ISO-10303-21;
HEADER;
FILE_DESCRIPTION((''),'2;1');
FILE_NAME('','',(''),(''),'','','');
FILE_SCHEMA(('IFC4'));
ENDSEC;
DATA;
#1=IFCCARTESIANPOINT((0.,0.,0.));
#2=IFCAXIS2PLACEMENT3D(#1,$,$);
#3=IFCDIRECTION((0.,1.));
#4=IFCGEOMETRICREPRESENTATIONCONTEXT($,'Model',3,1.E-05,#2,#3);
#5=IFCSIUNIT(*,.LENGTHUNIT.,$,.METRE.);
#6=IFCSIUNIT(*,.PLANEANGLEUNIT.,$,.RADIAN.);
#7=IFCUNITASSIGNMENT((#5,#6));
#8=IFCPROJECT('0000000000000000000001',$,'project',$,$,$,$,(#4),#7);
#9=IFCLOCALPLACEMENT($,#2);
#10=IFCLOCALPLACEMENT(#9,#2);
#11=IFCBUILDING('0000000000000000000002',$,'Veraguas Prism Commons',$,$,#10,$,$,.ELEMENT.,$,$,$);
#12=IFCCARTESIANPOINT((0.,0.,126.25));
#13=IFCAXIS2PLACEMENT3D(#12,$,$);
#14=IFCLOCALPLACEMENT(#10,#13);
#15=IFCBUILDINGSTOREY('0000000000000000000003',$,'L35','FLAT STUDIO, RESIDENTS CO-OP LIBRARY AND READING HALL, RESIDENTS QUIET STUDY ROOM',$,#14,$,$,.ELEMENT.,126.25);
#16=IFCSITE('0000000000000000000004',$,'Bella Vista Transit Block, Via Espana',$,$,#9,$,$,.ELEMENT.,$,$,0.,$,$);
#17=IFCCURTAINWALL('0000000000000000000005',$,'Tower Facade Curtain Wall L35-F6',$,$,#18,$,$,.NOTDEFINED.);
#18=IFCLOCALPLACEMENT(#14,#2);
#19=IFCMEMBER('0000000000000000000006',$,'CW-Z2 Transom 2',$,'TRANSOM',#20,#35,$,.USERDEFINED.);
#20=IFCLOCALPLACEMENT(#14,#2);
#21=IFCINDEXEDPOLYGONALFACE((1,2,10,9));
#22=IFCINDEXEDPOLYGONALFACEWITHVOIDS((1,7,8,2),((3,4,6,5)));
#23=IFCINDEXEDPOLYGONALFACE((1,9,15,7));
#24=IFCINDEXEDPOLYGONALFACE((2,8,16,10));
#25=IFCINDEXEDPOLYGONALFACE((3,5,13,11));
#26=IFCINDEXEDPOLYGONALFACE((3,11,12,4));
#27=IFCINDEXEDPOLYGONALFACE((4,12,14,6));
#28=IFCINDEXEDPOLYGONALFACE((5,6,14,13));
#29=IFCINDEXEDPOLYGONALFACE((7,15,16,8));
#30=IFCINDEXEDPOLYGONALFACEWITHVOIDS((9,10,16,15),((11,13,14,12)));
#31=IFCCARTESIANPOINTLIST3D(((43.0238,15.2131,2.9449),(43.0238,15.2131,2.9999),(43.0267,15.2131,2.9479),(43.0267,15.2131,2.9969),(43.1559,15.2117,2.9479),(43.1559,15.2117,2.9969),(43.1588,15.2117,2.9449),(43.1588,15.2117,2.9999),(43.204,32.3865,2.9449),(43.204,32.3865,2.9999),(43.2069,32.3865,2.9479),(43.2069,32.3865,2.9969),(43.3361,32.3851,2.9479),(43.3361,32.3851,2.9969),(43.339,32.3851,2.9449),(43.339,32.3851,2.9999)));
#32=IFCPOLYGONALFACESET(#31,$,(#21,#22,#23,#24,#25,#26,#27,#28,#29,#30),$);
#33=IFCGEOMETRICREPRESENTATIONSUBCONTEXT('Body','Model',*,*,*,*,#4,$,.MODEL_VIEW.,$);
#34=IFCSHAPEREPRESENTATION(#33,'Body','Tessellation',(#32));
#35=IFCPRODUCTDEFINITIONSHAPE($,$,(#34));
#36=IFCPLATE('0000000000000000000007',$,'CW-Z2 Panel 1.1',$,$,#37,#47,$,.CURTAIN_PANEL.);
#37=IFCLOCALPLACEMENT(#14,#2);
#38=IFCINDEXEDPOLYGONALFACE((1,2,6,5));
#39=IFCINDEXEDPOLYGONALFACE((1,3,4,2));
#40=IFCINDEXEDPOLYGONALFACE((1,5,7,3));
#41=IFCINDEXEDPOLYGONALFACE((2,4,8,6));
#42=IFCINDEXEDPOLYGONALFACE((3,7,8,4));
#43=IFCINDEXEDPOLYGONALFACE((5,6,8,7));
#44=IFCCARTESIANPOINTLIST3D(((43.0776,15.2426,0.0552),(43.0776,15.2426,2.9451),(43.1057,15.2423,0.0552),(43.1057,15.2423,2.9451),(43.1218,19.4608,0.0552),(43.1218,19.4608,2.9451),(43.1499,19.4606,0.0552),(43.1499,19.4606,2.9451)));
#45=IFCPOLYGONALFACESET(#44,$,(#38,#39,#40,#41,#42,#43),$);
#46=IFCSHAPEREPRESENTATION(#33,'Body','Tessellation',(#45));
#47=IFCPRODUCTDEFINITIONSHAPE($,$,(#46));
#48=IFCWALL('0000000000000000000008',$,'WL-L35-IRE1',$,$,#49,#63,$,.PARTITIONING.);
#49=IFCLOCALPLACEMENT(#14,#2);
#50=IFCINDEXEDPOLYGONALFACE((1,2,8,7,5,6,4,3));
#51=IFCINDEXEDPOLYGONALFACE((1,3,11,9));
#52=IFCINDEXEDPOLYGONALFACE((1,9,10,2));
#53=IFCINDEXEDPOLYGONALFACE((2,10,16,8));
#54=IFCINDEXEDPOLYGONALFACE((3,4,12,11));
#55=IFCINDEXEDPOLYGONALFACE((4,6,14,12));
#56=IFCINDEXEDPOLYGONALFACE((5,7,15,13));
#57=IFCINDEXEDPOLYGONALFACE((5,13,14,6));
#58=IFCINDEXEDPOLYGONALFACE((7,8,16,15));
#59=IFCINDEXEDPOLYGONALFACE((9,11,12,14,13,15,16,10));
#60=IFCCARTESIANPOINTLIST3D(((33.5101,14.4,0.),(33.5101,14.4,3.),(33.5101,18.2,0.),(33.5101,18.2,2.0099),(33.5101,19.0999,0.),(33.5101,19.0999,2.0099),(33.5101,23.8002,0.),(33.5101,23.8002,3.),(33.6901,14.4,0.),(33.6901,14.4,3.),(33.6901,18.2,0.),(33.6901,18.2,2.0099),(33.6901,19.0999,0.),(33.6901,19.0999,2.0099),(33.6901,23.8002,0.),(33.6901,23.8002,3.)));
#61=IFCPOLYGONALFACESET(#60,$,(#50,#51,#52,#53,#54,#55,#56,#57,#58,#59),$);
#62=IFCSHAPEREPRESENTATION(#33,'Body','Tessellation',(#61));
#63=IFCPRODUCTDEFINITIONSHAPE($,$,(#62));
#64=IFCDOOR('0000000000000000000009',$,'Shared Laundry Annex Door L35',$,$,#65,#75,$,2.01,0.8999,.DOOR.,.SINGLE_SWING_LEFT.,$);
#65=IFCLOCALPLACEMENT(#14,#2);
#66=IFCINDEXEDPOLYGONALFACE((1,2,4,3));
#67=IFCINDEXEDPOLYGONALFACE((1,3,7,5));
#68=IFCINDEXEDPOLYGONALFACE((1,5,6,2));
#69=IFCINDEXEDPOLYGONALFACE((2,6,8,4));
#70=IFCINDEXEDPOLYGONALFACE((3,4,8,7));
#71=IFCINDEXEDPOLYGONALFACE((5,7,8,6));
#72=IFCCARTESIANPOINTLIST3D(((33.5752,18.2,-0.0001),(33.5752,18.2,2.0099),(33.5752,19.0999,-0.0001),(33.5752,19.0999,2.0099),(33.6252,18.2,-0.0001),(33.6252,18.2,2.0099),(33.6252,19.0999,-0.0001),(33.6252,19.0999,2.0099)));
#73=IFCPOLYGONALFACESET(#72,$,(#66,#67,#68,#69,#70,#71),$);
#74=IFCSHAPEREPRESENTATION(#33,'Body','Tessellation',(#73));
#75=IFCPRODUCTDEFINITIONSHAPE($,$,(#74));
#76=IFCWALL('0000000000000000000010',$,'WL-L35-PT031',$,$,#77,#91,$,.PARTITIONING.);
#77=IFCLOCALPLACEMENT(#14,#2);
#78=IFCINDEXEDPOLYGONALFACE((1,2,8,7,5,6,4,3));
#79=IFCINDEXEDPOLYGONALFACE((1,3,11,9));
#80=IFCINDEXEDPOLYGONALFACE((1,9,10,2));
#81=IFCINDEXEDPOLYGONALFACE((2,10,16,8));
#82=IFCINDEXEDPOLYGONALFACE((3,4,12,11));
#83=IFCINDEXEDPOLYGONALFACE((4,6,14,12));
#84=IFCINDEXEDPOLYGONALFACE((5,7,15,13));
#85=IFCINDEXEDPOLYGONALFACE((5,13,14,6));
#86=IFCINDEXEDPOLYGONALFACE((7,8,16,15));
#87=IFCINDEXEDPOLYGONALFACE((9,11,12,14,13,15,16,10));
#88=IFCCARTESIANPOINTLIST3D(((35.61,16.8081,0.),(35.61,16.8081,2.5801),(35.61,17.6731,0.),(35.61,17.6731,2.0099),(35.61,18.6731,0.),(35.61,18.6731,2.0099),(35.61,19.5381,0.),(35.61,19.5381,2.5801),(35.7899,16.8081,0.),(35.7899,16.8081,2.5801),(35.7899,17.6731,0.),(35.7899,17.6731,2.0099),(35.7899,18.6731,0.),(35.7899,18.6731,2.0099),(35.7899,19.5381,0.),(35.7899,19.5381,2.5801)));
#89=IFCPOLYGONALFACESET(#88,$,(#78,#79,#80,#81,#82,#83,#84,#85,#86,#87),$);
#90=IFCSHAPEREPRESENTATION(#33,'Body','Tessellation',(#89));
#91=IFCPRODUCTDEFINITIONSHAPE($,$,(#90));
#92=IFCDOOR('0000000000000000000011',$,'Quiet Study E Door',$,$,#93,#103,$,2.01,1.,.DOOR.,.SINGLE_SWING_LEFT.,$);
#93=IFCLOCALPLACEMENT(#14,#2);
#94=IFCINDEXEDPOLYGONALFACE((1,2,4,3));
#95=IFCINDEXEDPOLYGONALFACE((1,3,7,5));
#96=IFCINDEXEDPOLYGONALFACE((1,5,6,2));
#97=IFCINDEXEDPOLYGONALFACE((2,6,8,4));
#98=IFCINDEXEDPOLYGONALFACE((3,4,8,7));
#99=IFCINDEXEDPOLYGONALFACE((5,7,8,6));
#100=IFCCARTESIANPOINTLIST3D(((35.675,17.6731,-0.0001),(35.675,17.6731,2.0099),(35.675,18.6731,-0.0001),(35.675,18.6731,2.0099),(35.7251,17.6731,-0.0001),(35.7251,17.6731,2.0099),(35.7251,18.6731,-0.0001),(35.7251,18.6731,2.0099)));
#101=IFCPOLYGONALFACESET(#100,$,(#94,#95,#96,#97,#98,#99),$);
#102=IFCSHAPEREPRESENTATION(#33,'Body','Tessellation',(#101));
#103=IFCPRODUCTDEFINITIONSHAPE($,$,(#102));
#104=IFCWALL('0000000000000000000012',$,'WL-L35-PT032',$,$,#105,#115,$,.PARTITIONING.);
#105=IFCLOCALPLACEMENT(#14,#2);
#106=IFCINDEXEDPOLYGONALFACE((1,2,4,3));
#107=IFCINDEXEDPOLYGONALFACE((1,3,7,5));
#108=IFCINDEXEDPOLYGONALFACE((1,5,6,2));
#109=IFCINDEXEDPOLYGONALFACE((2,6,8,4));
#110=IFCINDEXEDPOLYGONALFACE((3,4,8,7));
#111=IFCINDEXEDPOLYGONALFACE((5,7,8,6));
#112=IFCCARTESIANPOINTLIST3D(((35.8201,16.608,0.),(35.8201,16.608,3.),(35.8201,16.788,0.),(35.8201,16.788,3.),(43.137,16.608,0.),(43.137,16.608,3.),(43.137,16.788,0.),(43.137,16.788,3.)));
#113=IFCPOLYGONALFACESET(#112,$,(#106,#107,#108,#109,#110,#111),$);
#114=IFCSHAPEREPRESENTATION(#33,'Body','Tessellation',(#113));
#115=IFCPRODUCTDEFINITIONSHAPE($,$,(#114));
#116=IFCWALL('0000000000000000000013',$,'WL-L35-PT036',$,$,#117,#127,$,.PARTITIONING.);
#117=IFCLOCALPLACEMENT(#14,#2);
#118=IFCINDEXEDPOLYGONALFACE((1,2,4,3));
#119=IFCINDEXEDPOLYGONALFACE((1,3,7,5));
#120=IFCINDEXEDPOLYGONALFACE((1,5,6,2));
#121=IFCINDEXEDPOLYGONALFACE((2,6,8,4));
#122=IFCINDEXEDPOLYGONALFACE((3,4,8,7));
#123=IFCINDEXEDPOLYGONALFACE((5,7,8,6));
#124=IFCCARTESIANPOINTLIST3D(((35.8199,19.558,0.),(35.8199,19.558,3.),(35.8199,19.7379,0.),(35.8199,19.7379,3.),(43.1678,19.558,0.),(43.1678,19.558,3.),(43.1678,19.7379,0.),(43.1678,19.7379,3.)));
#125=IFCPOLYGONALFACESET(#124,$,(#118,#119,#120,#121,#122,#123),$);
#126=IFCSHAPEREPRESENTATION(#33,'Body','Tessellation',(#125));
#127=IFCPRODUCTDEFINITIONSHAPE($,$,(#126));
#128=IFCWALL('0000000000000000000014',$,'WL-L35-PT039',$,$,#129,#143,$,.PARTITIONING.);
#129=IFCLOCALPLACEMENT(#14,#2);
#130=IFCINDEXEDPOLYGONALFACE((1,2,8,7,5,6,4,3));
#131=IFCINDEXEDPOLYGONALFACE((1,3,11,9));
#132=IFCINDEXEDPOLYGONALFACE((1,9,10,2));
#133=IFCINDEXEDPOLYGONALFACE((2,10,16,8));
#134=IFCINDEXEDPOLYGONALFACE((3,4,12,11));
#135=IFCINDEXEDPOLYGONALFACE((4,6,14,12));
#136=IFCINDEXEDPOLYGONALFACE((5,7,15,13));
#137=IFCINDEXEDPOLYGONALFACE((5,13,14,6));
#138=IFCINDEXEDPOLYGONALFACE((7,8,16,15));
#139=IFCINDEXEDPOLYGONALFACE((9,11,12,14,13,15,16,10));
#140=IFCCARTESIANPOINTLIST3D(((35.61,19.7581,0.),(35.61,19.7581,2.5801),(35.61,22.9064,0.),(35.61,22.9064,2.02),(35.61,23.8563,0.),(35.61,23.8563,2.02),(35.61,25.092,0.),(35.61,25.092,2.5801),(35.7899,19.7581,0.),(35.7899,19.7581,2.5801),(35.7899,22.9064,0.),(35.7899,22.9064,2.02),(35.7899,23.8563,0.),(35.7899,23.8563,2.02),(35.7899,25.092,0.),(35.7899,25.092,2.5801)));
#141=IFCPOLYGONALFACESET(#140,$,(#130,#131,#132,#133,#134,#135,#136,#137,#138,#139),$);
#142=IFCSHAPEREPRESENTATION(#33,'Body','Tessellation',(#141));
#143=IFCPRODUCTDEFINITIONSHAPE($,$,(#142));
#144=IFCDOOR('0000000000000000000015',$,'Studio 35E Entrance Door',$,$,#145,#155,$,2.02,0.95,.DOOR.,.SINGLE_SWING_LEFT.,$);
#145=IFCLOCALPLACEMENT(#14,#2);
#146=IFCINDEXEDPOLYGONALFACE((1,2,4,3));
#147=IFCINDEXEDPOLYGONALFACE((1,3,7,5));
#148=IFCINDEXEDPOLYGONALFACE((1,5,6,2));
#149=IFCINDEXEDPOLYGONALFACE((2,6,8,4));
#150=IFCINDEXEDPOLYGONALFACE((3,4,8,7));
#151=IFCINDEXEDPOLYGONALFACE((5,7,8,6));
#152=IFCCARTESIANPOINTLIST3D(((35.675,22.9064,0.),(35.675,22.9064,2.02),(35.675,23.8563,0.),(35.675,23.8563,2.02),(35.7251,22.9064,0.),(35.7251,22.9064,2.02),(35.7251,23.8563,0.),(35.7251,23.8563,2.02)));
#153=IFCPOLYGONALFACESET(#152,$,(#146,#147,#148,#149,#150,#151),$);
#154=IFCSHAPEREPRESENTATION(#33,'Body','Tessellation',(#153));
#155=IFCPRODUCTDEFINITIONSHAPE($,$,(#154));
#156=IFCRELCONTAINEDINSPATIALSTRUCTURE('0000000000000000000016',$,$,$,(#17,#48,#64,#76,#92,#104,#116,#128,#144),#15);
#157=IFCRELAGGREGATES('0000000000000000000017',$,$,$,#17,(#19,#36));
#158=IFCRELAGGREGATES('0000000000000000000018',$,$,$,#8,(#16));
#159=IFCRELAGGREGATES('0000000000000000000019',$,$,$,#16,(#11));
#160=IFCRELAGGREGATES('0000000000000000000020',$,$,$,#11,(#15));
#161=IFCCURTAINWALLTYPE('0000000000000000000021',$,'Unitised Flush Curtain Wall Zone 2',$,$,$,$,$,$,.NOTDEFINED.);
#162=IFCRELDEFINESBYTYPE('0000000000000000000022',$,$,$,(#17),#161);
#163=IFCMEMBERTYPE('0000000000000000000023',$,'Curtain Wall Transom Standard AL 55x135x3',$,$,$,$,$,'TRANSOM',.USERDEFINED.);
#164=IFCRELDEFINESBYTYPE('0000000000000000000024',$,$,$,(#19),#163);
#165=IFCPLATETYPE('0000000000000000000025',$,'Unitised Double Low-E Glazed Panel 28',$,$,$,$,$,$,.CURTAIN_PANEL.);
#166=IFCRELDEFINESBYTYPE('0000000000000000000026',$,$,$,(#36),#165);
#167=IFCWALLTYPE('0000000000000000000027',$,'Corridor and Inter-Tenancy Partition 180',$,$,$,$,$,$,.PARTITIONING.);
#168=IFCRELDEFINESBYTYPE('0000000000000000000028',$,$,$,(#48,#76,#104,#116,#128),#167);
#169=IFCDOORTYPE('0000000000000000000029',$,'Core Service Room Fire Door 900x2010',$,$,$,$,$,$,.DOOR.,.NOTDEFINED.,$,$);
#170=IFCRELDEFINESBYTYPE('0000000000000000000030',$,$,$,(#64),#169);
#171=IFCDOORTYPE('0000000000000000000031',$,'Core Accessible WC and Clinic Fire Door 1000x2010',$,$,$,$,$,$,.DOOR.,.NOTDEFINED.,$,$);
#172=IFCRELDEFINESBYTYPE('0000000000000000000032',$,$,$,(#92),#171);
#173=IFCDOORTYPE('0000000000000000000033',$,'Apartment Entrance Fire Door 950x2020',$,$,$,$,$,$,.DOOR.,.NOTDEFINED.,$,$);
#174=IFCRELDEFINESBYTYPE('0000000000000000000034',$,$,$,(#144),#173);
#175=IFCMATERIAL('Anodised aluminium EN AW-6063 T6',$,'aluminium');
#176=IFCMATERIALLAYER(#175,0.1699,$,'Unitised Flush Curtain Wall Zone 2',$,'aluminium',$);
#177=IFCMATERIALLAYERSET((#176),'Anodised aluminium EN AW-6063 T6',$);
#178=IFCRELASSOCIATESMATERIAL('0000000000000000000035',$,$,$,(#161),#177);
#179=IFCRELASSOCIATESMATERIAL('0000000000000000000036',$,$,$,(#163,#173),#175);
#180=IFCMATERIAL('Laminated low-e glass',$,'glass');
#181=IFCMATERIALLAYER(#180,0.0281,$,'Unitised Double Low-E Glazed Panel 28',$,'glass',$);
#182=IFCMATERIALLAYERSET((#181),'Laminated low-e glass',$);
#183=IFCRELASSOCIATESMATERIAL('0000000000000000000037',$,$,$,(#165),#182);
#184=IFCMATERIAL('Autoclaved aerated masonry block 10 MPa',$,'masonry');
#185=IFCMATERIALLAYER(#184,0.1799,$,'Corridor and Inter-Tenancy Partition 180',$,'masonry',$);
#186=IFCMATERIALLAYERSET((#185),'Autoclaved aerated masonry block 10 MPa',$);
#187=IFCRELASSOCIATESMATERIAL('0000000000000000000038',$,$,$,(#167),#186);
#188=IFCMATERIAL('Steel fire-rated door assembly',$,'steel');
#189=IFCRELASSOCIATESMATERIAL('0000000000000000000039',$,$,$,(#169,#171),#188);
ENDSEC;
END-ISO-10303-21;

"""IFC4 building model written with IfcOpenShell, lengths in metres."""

from ifc_helpers import new_model, si_unit, direction, frame, frame_2d, origin, origin_2d, place, context, subcontext, project, spatial, rectangle, hollow_rectangle, extrude, source, transform, mapped, material, layer, layer_set, material_profile, profile_set, type_object, element, fill, aggregate, save


model = new_model("IFC4")

# Units and contexts
model_context = context("Model", 3, precision=1e-05, world=origin(), true_north=direction((0.0, 1.0)))
body_context = subcontext(model_context, "Body", "Model", "MODEL_VIEW")
ifc_project = project(units=[si_unit("LENGTHUNIT", "METRE"), si_unit("PLANEANGLEUNIT", "RADIAN")], contexts=[model_context])

# Site, building, storey
site_placement = place(None, origin())
site = spatial("IfcSite", under=ifc_project, at=site_placement, Name="Bella Vista Transit Block, Via Espana", CompositionType="ELEMENT", RefElevation=0.0)
building_placement = place(site_placement, origin())
building = spatial("IfcBuilding", under=site, at=building_placement, Name="Veraguas Prism Commons", CompositionType="ELEMENT")
storey_placement = place(building_placement, frame((0.0, 0.0, 126.25)))
storey = spatial("IfcBuildingStorey", under=building, at=storey_placement, Name="L35", Description="FLAT STUDIO, RESIDENTS CO-OP LIBRARY AND READING HALL, RESIDENTS QUIET STUDY ROOM", CompositionType="ELEMENT", Elevation=126.25)

# Curtain wall
ifc_material_1 = material(Name="Anodised aluminium EN AW-6063 T6", Category="aluminium")
ifc_layer_1 = layer(ifc_material_1, 0.1699, Name="Unitised Flush Curtain Wall Zone 2", Category="aluminium")
ifc_layer_set_1 = layer_set([ifc_layer_1], Name="Anodised aluminium EN AW-6063 T6")
curtain_wall_type = type_object("IfcCurtainWallType", Name="Unitised Flush Curtain Wall Zone 2", PredefinedType="NOTDEFINED", material=ifc_layer_set_1)
curtain_wall_1_placement = place(storey_placement, origin())
curtain_wall_1 = element("IfcCurtainWall", 1, at=curtain_wall_1_placement, inside=storey, type_object=curtain_wall_type, Name="Tower Facade Curtain Wall L35-F6", PredefinedType="NOTDEFINED")

# Member
ifc_material_profile_1 = material_profile(ifc_material_1, hollow_rectangle(XDim=0.0549, YDim=0.135, WallThickness=0.0029, at=origin_2d()), Name="AL55X135X3")
ifc_profile_set_1 = profile_set([ifc_material_profile_1], Name="Anodised aluminium EN AW-6063 T6")
member_type_1 = type_object("IfcMemberType", Name="Curtain Wall Transom Standard AL 55x135x3", ElementType="TRANSOM", PredefinedType="USERDEFINED", material=ifc_profile_set_1)
shared_shape_1 = source(origin(), body_context, "Body", "SweptSolid", [
    extrude(hollow_rectangle(XDim=0.0549, YDim=0.135, WallThickness=0.0029, at=origin_2d()), origin(), (0.0, 0.0, 1.0), 17.1743),
])
member_1_placement = place(storey_placement, frame((43.0913, 15.2124, 2.9724), z_axis=(0.010491, 0.999945, 0.0), x_axis=(0.0, 0.0, 1.0)))
member_1 = element("IfcMember", 2, at=member_1_placement, type_object=member_type_1, Name="CW-Z2 Transom 2", ObjectType="TRANSOM", PredefinedType="USERDEFINED", context=body_context, shape_type="MappedRepresentation", body=[
    mapped(shared_shape_1, transform((0.0, 0.0, 0.0), scale=1.0)),
])

# Plate
ifc_material_2 = material(Name="Laminated low-e glass", Category="glass")
ifc_layer_2 = layer(ifc_material_2, 0.0281, Name="Unitised Double Low-E Glazed Panel 28", Category="glass")
ifc_layer_set_2 = layer_set([ifc_layer_2], Name="Laminated low-e glass")
plate_type = type_object("IfcPlateType", Name="Unitised Double Low-E Glazed Panel 28", PredefinedType="CURTAIN_PANEL", material=ifc_layer_set_2)
shared_shape_2 = source(origin(), body_context, "Body", "SweptSolid", [
    extrude(rectangle(XDim=4.2185, YDim=0.0281, at=origin_2d()), origin(), (0.0, 0.0, 1.0), 2.8899),
])
plate_placement = place(storey_placement, frame((43.1138, 17.3516, 0.0552), z_axis=(0.0, 0.0, 1.0), x_axis=(0.010479, 0.999945, 0.0)))
plate = element("IfcPlate", 3, at=plate_placement, type_object=plate_type, Name="CW-Z2 Panel 1.1", PredefinedType="CURTAIN_PANEL", context=body_context, shape_type="MappedRepresentation", body=[
    mapped(shared_shape_2, transform((0.0, 0.0, 0.0), scale=1.0)),
])
aggregate(curtain_wall_1, [member_1, plate])

# Walls, openings, doors
ifc_material_3 = material(Name="Autoclaved aerated masonry block 10 MPa", Category="masonry")
ifc_layer_3 = layer(ifc_material_3, 0.1799, Name="Corridor and Inter-Tenancy Partition 180", Category="masonry")
ifc_layer_set_3 = layer_set([ifc_layer_3], Name="Autoclaved aerated masonry block 10 MPa")
wall_type_1 = type_object("IfcWallType", Name="Corridor and Inter-Tenancy Partition 180", PredefinedType="PARTITIONING", material=ifc_layer_set_3)
wall_1_placement = place(storey_placement, frame((33.6001, 14.3999, 0.0), z_axis=(0.0, 0.0, 1.0), x_axis=(0.0, 1.0, 0.0)))
wall_1 = element("IfcWall", 4, at=wall_1_placement, inside=storey, type_object=wall_type_1, Name="WL-L35-IRE1", PredefinedType="PARTITIONING", context=body_context, shape_type="SweptSolid", body=[
    extrude(rectangle(XDim=9.4001, YDim=0.1799, at=frame_2d((4.7002, 0.0))), origin(), (0.0, 0.0, 1.0), 3.0),
])
opening_1_placement = place(wall_1_placement, frame((3.8, 0.0, 0.0)))
opening_1 = element("IfcOpeningElement", 5, at=opening_1_placement, cuts=wall_1, PredefinedType="OPENING", context=body_context, shape_type="SweptSolid", body=[
    extrude(rectangle(XDim=0.8999, YDim=2.01, at=frame_2d((0.45, 1.0049))), frame((0.0, 0.0999, 0.0), z_axis=(0.0, -1.0, 0.0), x_axis=(1.0, 0.0, 0.0)), (0.0, 0.0, 1.0), 0.2),
])
ifc_material_4 = material(Name="Steel fire-rated door assembly", Category="steel")
door_type_1 = type_object("IfcDoorType", Name="Core Service Room Fire Door 900x2010", OperationType="NOTDEFINED", PredefinedType="DOOR", material=ifc_material_4)
shared_shape_3 = source(origin(), body_context, "Body", "SweptSolid", [
    extrude(rectangle(XDim=0.8999, YDim=2.01, at=frame_2d((0.45, 1.0049))), frame((0.0, 0.0249, 0.0), z_axis=(0.0, -1.0, 0.0), x_axis=(1.0, 0.0, 0.0)), (0.0, 0.0, 1.0), 0.05),
])
door_1_placement = place(opening_1_placement, origin())
door_1 = element("IfcDoor", 6, at=door_1_placement, inside=storey, type_object=door_type_1, Name="Shared Laundry Annex Door L35", OperationType="SINGLE_SWING_LEFT", OverallHeight=2.01, OverallWidth=0.8999, PredefinedType="DOOR", context=body_context, shape_type="MappedRepresentation", body=[
    mapped(shared_shape_3, transform((0.0, 0.0, 0.0), scale=1.0)),
])
fill(opening_1, door_1)
wall_2_placement = place(storey_placement, frame((35.7, 16.8081, 0.0), z_axis=(0.0, 0.0, 1.0), x_axis=(0.0, 1.0, 0.0)))
wall_2 = element("IfcWall", 7, at=wall_2_placement, inside=storey, type_object=wall_type_1, Name="WL-L35-PT031", PredefinedType="PARTITIONING", context=body_context, shape_type="SweptSolid", body=[
    extrude(rectangle(XDim=2.73, YDim=0.1799, at=frame_2d((1.365, 0.0))), origin(), (0.0, 0.0, 1.0), 2.5801),
])
opening_2_placement = place(wall_2_placement, frame((0.865, 0.0, 0.0)))
opening_2 = element("IfcOpeningElement", 8, at=opening_2_placement, cuts=wall_2, PredefinedType="OPENING", context=body_context, shape_type="SweptSolid", body=[
    extrude(rectangle(XDim=1.0, YDim=2.01, at=frame_2d((0.5, 1.0049))), frame((0.0, 0.0999, 0.0), z_axis=(0.0, -1.0, 0.0), x_axis=(1.0, 0.0, 0.0)), (0.0, 0.0, 1.0), 0.2),
])
door_type_2 = type_object("IfcDoorType", Name="Core Accessible WC and Clinic Fire Door 1000x2010", OperationType="NOTDEFINED", PredefinedType="DOOR", material=ifc_material_4)
shared_shape_4 = source(origin(), body_context, "Body", "SweptSolid", [
    extrude(rectangle(XDim=1.0, YDim=2.01, at=frame_2d((0.5, 1.0049))), frame((0.0, 0.0249, 0.0), z_axis=(0.0, -1.0, 0.0), x_axis=(1.0, 0.0, 0.0)), (0.0, 0.0, 1.0), 0.05),
])
door_2_placement = place(opening_2_placement, origin())
door_2 = element("IfcDoor", 9, at=door_2_placement, inside=storey, type_object=door_type_2, Name="Quiet Study E Door", OperationType="SINGLE_SWING_LEFT", OverallHeight=2.01, OverallWidth=1.0, PredefinedType="DOOR", context=body_context, shape_type="MappedRepresentation", body=[
    mapped(shared_shape_4, transform((0.0, 0.0, 0.0), scale=1.0)),
])
fill(opening_2, door_2)

# Walls
wall_3_placement = place(storey_placement, frame((35.8201, 16.698, 0.0), z_axis=(0.0, 0.0, 1.0), x_axis=(1.0, 0.0, 0.0)))
element("IfcWall", 10, at=wall_3_placement, inside=storey, type_object=wall_type_1, Name="WL-L35-PT032", PredefinedType="PARTITIONING", context=body_context, shape_type="SweptSolid", body=[
    extrude(rectangle(XDim=7.3169, YDim=0.1799, at=frame_2d((3.6584, 0.0))), origin(), (0.0, 0.0, 1.0), 3.0),
])
wall_4_placement = place(storey_placement, frame((35.8201, 19.6479, 0.0), z_axis=(0.0, 0.0, 1.0), x_axis=(1.0, 0.0, 0.0)))
element("IfcWall", 11, at=wall_4_placement, inside=storey, type_object=wall_type_1, Name="WL-L35-PT036", PredefinedType="PARTITIONING", context=body_context, shape_type="SweptSolid", body=[
    extrude(rectangle(XDim=7.3479, YDim=0.1799, at=frame_2d((3.6738, 0.0))), origin(), (0.0, 0.0, 1.0), 3.0),
])

# Wall, opening, door
wall_5_placement = place(storey_placement, frame((35.7, 19.7581, 0.0), z_axis=(0.0, 0.0, 1.0), x_axis=(0.0, 1.0, 0.0)))
wall_5 = element("IfcWall", 12, at=wall_5_placement, inside=storey, type_object=wall_type_1, Name="WL-L35-PT039", PredefinedType="PARTITIONING", context=body_context, shape_type="SweptSolid", body=[
    extrude(rectangle(XDim=5.334, YDim=0.1799, at=frame_2d((2.667, 0.0))), origin(), (0.0, 0.0, 1.0), 2.5801),
])
opening_3_placement = place(wall_5_placement, frame((3.1482, 0.0, 0.0)))
opening_3 = element("IfcOpeningElement", 13, at=opening_3_placement, cuts=wall_5, PredefinedType="OPENING", context=body_context, shape_type="SweptSolid", body=[
    extrude(rectangle(XDim=0.95, YDim=2.02, at=frame_2d((0.4751, 1.01))), frame((0.0, 0.0999, 0.0), z_axis=(0.0, -1.0, 0.0), x_axis=(1.0, 0.0, 0.0)), (0.0, 0.0, 1.0), 0.2),
])
door_type_3 = type_object("IfcDoorType", Name="Apartment Entrance Fire Door 950x2020", OperationType="NOTDEFINED", PredefinedType="DOOR", material=ifc_material_1)
shared_shape_5 = source(origin(), body_context, "Body", "SweptSolid", [
    extrude(rectangle(XDim=0.95, YDim=2.02, at=frame_2d((0.4751, 1.01))), frame((0.0, 0.0249, 0.0), z_axis=(0.0, -1.0, 0.0), x_axis=(1.0, 0.0, 0.0)), (0.0, 0.0, 1.0), 0.05),
])
door_3_placement = place(opening_3_placement, origin())
door_3 = element("IfcDoor", 14, at=door_3_placement, inside=storey, type_object=door_type_3, Name="Studio 35E Entrance Door", OperationType="SINGLE_SWING_LEFT", OverallHeight=2.02, OverallWidth=0.95, PredefinedType="DOOR", context=body_context, shape_type="MappedRepresentation", body=[
    mapped(shared_shape_5, transform((0.0, 0.0, 0.0), scale=1.0)),
])
fill(opening_3, door_3)

save(model, "model.ifc")
